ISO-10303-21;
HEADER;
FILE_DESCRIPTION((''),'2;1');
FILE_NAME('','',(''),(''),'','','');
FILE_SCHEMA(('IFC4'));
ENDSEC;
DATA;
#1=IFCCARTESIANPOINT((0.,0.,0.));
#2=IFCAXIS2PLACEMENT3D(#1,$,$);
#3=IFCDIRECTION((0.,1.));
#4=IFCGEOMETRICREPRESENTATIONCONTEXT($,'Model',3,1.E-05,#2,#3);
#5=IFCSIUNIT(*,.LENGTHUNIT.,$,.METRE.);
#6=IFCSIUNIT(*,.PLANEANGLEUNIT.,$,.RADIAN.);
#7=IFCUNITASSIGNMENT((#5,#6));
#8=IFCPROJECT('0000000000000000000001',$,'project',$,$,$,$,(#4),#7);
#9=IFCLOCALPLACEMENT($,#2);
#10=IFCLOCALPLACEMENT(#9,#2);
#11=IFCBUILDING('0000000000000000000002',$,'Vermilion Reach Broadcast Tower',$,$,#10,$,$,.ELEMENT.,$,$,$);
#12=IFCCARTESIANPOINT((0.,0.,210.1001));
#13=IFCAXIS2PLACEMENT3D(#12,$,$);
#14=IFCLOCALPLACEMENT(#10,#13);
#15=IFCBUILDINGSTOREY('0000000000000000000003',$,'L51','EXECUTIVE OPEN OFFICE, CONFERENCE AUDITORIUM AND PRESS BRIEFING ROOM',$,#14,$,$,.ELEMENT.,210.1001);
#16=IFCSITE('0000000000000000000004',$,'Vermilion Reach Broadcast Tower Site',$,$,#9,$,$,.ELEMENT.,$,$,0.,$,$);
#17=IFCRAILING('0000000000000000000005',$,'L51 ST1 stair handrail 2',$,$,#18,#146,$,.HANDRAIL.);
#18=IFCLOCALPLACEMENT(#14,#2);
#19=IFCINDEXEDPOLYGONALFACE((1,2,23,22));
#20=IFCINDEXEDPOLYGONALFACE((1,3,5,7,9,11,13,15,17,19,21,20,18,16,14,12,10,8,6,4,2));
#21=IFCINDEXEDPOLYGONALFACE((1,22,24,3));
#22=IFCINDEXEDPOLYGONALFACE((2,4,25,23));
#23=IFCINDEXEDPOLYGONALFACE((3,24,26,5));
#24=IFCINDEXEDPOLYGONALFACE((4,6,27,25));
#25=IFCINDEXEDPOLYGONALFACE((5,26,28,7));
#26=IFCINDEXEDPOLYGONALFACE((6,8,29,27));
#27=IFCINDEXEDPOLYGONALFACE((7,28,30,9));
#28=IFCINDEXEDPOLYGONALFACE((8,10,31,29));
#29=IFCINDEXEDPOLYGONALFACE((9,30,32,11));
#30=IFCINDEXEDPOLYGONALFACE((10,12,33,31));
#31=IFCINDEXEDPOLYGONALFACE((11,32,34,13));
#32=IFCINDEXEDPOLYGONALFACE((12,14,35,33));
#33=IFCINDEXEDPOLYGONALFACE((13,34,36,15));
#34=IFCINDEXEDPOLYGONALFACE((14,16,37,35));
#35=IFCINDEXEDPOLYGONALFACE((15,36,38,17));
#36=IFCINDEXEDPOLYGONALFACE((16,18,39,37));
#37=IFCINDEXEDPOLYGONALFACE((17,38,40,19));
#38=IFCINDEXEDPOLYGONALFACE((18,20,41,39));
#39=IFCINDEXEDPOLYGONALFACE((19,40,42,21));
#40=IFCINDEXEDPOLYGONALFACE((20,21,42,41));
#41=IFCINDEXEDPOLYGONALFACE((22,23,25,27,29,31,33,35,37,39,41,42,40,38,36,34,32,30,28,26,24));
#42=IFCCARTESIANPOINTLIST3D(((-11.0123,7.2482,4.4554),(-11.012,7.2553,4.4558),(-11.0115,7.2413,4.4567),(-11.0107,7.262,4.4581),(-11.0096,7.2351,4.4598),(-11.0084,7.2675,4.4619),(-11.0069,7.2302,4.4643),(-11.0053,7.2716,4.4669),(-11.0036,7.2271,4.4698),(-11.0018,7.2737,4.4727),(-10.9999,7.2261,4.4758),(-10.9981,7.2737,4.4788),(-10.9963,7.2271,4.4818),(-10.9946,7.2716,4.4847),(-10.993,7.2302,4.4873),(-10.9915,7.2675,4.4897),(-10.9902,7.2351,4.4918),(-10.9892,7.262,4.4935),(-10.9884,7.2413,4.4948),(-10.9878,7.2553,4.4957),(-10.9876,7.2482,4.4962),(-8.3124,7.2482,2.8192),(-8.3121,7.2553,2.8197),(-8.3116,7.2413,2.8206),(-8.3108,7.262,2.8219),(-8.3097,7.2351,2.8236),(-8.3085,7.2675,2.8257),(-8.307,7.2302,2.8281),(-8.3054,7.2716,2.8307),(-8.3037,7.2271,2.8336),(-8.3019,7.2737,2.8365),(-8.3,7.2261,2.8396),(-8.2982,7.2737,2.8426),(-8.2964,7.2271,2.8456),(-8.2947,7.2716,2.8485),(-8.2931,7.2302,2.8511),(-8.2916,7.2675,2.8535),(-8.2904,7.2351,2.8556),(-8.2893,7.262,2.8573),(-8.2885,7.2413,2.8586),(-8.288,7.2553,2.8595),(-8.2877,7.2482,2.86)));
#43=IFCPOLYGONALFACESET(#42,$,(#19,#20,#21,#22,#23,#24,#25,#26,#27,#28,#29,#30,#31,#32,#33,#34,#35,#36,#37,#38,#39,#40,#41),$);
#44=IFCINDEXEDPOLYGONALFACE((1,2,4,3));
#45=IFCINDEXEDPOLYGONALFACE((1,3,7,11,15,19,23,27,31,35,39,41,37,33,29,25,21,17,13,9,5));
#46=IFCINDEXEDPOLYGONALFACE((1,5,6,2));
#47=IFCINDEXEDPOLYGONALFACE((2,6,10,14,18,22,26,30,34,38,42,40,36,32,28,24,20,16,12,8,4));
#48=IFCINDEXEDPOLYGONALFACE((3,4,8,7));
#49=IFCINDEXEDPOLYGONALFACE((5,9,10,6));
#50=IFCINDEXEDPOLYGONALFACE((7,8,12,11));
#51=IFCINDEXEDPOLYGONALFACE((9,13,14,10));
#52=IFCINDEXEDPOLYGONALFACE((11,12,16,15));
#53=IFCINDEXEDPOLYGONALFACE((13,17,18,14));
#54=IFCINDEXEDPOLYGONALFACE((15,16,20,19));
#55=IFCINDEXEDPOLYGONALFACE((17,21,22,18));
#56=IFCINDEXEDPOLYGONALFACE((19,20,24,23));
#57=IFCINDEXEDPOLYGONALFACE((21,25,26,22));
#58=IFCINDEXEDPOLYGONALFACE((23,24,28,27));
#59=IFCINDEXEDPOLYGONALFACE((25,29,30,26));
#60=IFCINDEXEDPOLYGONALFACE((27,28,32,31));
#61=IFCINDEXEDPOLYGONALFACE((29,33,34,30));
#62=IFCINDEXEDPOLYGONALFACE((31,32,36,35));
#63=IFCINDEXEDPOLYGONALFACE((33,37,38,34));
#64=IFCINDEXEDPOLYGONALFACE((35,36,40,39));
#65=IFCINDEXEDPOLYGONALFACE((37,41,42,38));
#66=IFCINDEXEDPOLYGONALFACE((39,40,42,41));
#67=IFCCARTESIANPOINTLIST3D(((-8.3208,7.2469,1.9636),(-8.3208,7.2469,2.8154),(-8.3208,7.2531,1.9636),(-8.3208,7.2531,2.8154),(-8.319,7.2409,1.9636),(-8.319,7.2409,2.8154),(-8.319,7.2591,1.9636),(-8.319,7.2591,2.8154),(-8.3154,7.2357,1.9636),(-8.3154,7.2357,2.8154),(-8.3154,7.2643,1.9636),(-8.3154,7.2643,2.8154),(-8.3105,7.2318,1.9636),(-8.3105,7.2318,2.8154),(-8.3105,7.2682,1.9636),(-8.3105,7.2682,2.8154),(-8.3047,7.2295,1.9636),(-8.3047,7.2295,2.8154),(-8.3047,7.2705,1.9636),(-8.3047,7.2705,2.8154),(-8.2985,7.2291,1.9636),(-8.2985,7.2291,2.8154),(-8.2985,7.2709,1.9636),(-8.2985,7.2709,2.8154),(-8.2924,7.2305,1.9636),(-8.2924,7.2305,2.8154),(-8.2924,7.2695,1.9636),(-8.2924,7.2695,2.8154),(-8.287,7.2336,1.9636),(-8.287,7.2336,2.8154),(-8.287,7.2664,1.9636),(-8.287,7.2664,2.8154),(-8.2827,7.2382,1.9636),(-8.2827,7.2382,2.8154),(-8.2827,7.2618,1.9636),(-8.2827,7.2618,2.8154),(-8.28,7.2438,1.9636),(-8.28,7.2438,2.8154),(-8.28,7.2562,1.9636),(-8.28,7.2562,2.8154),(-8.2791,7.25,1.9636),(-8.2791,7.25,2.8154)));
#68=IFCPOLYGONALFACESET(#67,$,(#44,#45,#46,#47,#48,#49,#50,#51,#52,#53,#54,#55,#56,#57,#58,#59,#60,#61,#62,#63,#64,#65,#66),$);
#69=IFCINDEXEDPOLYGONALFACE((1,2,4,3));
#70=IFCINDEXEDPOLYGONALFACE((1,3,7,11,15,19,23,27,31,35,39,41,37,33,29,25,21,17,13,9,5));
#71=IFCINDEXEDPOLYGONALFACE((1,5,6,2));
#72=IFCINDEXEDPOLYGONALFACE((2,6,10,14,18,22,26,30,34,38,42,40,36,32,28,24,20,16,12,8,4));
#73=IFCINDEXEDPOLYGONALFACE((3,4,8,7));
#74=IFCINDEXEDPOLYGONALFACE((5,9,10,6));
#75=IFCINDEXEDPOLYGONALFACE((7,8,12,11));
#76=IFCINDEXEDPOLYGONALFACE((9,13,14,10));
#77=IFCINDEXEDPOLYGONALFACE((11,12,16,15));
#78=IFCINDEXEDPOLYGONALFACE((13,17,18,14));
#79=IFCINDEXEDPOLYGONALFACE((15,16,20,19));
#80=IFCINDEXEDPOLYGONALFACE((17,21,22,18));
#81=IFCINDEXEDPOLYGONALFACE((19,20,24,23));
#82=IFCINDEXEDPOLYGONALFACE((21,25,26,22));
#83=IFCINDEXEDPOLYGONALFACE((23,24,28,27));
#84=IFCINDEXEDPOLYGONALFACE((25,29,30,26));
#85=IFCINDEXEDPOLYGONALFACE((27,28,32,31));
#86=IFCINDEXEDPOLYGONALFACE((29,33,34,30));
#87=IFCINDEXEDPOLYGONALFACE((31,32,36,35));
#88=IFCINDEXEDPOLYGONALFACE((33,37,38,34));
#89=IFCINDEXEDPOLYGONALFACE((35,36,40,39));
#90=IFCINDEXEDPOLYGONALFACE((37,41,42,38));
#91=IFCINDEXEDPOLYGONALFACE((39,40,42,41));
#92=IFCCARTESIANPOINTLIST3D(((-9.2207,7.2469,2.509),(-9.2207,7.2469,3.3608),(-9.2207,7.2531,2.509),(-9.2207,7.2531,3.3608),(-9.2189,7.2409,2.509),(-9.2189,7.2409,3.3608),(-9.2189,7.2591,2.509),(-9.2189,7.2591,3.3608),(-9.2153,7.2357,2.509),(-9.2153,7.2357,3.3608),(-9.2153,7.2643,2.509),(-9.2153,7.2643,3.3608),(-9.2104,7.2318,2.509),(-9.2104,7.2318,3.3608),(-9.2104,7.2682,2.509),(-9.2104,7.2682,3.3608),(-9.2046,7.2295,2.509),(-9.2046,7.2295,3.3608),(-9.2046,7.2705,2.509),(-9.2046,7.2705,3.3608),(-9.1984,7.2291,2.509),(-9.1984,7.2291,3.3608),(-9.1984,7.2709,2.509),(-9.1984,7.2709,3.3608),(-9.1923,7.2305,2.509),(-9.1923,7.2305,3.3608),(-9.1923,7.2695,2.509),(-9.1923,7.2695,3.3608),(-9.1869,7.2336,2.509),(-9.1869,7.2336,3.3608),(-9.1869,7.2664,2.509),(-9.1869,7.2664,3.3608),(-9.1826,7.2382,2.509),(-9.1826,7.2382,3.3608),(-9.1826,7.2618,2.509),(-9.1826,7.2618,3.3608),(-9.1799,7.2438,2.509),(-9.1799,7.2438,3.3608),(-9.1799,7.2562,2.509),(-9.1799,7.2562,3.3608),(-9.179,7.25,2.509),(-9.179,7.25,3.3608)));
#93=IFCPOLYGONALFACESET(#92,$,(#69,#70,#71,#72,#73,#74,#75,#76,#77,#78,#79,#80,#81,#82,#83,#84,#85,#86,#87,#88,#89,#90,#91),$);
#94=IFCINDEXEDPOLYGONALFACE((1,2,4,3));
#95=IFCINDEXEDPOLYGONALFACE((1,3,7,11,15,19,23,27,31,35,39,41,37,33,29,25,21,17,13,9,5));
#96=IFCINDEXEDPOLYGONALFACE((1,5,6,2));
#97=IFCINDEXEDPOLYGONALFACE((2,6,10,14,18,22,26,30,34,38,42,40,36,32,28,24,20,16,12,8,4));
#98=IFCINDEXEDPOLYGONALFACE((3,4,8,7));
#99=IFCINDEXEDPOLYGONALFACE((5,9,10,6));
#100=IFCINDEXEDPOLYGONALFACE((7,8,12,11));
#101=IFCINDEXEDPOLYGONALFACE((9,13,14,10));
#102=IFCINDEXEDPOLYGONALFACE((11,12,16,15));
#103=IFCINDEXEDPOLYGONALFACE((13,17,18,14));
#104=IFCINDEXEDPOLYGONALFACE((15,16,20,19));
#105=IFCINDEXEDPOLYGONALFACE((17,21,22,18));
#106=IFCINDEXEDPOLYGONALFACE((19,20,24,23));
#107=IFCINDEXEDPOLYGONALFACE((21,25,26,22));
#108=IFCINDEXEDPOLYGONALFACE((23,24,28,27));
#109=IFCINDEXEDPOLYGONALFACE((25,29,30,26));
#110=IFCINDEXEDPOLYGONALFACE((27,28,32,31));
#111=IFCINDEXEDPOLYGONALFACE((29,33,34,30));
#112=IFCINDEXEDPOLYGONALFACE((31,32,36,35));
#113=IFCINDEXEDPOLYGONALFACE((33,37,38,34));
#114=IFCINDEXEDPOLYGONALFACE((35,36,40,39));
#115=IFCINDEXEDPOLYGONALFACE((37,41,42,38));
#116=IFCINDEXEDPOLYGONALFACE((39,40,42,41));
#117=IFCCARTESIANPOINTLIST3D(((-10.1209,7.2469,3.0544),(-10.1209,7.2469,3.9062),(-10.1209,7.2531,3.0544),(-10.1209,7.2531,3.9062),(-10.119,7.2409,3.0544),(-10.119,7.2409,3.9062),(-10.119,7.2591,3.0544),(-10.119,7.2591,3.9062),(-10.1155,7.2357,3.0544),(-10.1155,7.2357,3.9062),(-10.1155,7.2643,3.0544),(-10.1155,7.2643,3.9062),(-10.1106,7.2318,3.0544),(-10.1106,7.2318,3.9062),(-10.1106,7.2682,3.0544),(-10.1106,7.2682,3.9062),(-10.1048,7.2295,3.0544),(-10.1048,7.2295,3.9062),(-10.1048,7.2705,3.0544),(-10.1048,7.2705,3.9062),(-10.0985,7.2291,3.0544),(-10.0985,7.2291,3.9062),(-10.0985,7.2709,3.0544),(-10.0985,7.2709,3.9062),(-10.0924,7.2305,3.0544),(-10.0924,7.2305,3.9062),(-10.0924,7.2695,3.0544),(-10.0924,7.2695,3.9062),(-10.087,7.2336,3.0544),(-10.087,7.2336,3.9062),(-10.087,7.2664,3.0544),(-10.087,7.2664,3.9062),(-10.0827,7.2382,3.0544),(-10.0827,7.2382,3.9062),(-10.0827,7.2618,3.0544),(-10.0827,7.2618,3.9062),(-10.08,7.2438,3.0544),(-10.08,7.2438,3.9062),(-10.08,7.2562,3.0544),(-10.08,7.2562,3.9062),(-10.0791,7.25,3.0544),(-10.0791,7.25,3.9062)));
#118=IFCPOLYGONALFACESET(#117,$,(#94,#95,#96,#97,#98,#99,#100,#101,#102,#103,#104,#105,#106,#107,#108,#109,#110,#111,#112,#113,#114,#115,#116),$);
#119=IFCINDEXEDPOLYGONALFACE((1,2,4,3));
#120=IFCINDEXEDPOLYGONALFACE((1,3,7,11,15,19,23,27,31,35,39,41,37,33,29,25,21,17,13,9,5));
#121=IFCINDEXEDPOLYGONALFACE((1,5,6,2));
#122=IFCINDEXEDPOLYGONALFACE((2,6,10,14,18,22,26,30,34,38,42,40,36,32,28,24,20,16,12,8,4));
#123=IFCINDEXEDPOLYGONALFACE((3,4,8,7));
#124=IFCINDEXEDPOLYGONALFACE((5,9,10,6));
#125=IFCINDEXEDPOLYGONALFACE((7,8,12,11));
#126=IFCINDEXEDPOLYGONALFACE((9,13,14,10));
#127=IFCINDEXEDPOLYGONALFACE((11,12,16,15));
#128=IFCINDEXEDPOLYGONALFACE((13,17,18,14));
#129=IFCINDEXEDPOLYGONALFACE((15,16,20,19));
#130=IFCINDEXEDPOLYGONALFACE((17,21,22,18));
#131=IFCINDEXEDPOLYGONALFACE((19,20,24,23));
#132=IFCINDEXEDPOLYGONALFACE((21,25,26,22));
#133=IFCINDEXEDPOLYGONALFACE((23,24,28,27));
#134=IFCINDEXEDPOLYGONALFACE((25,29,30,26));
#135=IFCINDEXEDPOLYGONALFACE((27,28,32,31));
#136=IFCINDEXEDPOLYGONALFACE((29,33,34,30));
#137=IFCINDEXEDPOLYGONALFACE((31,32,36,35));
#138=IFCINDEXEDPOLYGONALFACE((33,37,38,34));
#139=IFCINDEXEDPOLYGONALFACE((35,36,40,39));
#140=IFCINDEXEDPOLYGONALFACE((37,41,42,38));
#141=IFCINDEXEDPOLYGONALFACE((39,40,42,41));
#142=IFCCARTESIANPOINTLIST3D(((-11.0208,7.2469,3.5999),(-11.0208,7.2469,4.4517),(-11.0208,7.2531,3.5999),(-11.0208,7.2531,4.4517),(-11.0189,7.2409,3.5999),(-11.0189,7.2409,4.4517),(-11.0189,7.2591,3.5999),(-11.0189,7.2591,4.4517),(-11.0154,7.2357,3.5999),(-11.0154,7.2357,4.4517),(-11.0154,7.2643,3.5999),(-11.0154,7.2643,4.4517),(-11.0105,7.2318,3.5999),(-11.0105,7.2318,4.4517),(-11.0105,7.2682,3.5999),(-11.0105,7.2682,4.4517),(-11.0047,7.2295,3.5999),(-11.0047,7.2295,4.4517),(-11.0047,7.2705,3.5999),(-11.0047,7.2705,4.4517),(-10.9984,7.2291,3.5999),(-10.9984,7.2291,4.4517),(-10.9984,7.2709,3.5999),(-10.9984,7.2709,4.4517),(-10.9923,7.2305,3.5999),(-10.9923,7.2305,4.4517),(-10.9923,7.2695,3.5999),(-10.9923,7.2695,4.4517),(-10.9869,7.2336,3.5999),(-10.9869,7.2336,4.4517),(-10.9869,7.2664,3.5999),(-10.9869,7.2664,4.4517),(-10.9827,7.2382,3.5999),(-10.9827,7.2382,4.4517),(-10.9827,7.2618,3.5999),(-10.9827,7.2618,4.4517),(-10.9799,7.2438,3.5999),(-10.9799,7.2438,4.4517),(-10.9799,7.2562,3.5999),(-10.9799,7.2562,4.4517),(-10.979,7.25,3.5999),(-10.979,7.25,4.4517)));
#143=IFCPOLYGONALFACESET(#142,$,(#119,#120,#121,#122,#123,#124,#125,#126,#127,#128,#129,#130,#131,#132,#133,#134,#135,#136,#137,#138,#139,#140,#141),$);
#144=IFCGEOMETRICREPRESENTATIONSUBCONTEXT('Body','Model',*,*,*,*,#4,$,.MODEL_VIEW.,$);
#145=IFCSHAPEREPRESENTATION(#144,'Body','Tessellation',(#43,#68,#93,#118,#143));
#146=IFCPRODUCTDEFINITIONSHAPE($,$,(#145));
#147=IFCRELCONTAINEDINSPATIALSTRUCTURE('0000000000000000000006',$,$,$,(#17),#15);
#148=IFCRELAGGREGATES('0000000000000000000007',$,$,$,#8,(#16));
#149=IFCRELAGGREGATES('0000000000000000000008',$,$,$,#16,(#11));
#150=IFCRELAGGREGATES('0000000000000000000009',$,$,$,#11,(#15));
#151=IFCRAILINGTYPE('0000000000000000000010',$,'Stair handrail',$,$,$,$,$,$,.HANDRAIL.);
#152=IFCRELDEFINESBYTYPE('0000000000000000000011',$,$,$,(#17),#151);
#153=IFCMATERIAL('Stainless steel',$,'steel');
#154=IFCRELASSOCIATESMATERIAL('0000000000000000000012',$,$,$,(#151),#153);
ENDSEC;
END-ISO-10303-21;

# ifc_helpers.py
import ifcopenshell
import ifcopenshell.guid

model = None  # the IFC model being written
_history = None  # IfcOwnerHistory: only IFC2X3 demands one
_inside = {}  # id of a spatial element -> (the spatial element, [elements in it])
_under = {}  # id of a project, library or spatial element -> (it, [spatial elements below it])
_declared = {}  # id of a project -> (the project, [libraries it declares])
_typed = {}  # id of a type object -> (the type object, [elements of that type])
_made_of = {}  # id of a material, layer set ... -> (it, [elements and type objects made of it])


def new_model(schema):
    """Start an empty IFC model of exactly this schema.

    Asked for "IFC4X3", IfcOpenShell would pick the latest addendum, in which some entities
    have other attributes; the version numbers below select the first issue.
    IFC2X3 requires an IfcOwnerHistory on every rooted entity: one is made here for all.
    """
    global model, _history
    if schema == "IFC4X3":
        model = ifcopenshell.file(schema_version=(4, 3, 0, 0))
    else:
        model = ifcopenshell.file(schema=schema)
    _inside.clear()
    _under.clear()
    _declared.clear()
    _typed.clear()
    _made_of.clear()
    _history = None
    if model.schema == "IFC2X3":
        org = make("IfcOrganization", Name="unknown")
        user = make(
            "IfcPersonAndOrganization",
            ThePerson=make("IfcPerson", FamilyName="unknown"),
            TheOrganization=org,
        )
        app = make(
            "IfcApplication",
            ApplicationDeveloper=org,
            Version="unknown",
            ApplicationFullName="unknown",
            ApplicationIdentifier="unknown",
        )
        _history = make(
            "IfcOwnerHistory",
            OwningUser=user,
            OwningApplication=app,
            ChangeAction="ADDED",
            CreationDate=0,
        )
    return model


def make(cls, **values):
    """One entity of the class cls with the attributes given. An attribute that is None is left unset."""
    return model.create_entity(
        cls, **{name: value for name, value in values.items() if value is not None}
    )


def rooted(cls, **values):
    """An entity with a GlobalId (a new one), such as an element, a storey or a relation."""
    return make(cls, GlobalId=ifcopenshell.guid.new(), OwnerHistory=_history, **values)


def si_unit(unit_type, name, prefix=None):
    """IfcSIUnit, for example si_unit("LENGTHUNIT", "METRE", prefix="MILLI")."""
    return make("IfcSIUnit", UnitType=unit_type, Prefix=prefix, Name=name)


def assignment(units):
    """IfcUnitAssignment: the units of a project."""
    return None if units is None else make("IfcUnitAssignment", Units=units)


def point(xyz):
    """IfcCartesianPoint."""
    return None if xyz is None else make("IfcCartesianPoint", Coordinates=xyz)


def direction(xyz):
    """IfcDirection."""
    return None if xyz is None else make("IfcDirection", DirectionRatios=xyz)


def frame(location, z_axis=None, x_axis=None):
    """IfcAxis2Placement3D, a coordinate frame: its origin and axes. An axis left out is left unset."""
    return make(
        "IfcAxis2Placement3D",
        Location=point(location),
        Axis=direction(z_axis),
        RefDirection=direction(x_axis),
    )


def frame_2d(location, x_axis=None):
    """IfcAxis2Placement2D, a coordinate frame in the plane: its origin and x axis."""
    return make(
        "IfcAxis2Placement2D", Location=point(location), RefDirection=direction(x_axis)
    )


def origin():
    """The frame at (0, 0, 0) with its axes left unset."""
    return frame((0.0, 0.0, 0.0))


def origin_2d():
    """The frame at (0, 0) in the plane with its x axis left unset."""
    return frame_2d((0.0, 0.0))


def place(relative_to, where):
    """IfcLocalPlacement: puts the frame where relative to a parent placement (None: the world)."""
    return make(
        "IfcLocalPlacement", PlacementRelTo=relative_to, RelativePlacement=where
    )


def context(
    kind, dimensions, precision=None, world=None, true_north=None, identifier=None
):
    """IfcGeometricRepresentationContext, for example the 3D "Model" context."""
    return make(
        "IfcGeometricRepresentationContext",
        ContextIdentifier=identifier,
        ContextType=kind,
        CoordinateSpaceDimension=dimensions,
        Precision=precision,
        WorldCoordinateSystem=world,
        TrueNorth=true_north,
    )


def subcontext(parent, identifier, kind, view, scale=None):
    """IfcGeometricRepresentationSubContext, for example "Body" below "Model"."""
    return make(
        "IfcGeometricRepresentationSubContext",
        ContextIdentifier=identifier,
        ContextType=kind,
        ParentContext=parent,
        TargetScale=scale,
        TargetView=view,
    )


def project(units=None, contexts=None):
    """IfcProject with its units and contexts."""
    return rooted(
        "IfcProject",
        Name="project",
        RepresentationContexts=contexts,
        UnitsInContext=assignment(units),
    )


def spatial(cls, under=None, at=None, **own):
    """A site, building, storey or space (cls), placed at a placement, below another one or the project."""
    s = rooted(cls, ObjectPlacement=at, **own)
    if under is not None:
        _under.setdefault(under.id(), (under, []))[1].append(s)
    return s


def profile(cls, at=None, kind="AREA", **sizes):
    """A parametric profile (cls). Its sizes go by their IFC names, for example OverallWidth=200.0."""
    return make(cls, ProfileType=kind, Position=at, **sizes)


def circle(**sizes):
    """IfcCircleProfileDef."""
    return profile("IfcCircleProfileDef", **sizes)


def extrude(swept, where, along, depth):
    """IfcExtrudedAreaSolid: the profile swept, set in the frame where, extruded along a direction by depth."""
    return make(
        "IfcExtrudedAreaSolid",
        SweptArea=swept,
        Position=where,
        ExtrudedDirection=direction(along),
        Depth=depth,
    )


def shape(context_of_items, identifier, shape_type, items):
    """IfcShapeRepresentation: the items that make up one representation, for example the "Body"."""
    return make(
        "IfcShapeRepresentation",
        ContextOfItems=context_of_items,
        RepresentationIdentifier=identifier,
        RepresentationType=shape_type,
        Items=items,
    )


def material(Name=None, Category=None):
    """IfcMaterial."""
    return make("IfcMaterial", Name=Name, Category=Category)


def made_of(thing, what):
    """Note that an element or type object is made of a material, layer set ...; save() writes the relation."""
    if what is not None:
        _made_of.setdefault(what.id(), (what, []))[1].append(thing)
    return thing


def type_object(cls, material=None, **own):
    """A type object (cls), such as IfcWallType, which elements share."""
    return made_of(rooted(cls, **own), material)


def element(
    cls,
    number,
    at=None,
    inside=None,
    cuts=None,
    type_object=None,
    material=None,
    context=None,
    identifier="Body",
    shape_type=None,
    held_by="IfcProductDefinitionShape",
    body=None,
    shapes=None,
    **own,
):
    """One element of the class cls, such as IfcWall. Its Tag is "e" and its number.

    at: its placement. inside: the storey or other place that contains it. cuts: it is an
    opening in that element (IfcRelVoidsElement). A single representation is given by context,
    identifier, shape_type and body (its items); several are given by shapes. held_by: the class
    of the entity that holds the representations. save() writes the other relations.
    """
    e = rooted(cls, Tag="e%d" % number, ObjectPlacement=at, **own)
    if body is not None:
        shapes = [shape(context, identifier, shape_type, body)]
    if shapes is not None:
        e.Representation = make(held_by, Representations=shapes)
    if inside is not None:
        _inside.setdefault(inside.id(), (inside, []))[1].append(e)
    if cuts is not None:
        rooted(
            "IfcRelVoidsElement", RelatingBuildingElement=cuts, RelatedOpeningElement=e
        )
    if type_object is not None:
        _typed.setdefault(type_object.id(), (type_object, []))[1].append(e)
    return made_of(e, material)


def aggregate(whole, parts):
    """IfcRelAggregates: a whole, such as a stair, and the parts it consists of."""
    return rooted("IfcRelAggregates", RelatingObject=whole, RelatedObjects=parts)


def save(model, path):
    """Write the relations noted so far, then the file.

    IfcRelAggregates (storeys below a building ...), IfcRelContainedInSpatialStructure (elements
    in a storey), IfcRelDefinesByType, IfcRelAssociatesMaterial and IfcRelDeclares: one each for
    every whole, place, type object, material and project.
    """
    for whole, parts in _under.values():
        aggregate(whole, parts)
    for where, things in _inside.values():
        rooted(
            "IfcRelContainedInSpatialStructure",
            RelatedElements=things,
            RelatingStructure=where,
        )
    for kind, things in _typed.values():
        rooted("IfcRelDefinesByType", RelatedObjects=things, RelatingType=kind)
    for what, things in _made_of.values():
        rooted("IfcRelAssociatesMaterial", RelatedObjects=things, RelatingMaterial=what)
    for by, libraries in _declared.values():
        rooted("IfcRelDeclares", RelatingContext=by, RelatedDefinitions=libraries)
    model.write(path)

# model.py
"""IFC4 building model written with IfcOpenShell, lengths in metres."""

from ifc_helpers import new_model, si_unit, direction, frame, origin, origin_2d, place, context, subcontext, project, spatial, circle, extrude, material, type_object, element, save


model = new_model("IFC4")

# Units and contexts
model_context = context("Model", 3, precision=1e-05, world=origin(), true_north=direction((0.0, 1.0)))
body_context = subcontext(model_context, "Body", "Model", "MODEL_VIEW")
ifc_project = project(units=[si_unit("LENGTHUNIT", "METRE"), si_unit("PLANEANGLEUNIT", "RADIAN")], contexts=[model_context])

# Site, building, storey
site_placement = place(None, origin())
site = spatial("IfcSite", under=ifc_project, at=site_placement, Name="Vermilion Reach Broadcast Tower Site", CompositionType="ELEMENT", RefElevation=0.0)
building_placement = place(site_placement, origin())
building = spatial("IfcBuilding", under=site, at=building_placement, Name="Vermilion Reach Broadcast Tower", CompositionType="ELEMENT")
storey_placement = place(building_placement, frame((0.0, 0.0, 210.1001)))
storey = spatial("IfcBuildingStorey", under=building, at=storey_placement, Name="L51", Description="EXECUTIVE OPEN OFFICE, CONFERENCE AUDITORIUM AND PRESS BRIEFING ROOM", CompositionType="ELEMENT", Elevation=210.1001)

# Railing
ifc_material_1 = material(Name="Stainless steel", Category="steel")
railing_type_1 = type_object("IfcRailingType", Name="Stair handrail", PredefinedType="HANDRAIL", material=ifc_material_1)
railing_1_placement = place(storey_placement, frame((-8.3, 7.25, 1.9636)))
element("IfcRailing", 1, at=railing_1_placement, inside=storey, type_object=railing_type_1, Name="L51 ST1 stair handrail 2", PredefinedType="HANDRAIL", context=body_context, shape_type="SweptSolid", body=[
    extrude(circle(Radius=0.0239, at=origin_2d()), frame((0.0, 0.0, 0.876), z_axis=(-0.855212, 0.0, 0.518278), x_axis=(0.0, -1.0, 0.0)), (0.0, 0.0, 1.0), 3.157),
    extrude(circle(Radius=0.021, at=origin_2d()), origin(), (0.0, 0.0, 1.0), 0.8518),
    extrude(circle(Radius=0.021, at=origin_2d()), frame((-0.8999, 0.0, 0.5454)), (0.0, 0.0, 1.0), 0.8518),
    extrude(circle(Radius=0.021, at=origin_2d()), frame((-1.8, 0.0, 1.0908)), (0.0, 0.0, 1.0), 0.8518),
    extrude(circle(Radius=0.021, at=origin_2d()), frame((-2.7, 0.0, 1.6362)), (0.0, 0.0, 1.0), 0.8518),
])

save(model, "model.ifc")
